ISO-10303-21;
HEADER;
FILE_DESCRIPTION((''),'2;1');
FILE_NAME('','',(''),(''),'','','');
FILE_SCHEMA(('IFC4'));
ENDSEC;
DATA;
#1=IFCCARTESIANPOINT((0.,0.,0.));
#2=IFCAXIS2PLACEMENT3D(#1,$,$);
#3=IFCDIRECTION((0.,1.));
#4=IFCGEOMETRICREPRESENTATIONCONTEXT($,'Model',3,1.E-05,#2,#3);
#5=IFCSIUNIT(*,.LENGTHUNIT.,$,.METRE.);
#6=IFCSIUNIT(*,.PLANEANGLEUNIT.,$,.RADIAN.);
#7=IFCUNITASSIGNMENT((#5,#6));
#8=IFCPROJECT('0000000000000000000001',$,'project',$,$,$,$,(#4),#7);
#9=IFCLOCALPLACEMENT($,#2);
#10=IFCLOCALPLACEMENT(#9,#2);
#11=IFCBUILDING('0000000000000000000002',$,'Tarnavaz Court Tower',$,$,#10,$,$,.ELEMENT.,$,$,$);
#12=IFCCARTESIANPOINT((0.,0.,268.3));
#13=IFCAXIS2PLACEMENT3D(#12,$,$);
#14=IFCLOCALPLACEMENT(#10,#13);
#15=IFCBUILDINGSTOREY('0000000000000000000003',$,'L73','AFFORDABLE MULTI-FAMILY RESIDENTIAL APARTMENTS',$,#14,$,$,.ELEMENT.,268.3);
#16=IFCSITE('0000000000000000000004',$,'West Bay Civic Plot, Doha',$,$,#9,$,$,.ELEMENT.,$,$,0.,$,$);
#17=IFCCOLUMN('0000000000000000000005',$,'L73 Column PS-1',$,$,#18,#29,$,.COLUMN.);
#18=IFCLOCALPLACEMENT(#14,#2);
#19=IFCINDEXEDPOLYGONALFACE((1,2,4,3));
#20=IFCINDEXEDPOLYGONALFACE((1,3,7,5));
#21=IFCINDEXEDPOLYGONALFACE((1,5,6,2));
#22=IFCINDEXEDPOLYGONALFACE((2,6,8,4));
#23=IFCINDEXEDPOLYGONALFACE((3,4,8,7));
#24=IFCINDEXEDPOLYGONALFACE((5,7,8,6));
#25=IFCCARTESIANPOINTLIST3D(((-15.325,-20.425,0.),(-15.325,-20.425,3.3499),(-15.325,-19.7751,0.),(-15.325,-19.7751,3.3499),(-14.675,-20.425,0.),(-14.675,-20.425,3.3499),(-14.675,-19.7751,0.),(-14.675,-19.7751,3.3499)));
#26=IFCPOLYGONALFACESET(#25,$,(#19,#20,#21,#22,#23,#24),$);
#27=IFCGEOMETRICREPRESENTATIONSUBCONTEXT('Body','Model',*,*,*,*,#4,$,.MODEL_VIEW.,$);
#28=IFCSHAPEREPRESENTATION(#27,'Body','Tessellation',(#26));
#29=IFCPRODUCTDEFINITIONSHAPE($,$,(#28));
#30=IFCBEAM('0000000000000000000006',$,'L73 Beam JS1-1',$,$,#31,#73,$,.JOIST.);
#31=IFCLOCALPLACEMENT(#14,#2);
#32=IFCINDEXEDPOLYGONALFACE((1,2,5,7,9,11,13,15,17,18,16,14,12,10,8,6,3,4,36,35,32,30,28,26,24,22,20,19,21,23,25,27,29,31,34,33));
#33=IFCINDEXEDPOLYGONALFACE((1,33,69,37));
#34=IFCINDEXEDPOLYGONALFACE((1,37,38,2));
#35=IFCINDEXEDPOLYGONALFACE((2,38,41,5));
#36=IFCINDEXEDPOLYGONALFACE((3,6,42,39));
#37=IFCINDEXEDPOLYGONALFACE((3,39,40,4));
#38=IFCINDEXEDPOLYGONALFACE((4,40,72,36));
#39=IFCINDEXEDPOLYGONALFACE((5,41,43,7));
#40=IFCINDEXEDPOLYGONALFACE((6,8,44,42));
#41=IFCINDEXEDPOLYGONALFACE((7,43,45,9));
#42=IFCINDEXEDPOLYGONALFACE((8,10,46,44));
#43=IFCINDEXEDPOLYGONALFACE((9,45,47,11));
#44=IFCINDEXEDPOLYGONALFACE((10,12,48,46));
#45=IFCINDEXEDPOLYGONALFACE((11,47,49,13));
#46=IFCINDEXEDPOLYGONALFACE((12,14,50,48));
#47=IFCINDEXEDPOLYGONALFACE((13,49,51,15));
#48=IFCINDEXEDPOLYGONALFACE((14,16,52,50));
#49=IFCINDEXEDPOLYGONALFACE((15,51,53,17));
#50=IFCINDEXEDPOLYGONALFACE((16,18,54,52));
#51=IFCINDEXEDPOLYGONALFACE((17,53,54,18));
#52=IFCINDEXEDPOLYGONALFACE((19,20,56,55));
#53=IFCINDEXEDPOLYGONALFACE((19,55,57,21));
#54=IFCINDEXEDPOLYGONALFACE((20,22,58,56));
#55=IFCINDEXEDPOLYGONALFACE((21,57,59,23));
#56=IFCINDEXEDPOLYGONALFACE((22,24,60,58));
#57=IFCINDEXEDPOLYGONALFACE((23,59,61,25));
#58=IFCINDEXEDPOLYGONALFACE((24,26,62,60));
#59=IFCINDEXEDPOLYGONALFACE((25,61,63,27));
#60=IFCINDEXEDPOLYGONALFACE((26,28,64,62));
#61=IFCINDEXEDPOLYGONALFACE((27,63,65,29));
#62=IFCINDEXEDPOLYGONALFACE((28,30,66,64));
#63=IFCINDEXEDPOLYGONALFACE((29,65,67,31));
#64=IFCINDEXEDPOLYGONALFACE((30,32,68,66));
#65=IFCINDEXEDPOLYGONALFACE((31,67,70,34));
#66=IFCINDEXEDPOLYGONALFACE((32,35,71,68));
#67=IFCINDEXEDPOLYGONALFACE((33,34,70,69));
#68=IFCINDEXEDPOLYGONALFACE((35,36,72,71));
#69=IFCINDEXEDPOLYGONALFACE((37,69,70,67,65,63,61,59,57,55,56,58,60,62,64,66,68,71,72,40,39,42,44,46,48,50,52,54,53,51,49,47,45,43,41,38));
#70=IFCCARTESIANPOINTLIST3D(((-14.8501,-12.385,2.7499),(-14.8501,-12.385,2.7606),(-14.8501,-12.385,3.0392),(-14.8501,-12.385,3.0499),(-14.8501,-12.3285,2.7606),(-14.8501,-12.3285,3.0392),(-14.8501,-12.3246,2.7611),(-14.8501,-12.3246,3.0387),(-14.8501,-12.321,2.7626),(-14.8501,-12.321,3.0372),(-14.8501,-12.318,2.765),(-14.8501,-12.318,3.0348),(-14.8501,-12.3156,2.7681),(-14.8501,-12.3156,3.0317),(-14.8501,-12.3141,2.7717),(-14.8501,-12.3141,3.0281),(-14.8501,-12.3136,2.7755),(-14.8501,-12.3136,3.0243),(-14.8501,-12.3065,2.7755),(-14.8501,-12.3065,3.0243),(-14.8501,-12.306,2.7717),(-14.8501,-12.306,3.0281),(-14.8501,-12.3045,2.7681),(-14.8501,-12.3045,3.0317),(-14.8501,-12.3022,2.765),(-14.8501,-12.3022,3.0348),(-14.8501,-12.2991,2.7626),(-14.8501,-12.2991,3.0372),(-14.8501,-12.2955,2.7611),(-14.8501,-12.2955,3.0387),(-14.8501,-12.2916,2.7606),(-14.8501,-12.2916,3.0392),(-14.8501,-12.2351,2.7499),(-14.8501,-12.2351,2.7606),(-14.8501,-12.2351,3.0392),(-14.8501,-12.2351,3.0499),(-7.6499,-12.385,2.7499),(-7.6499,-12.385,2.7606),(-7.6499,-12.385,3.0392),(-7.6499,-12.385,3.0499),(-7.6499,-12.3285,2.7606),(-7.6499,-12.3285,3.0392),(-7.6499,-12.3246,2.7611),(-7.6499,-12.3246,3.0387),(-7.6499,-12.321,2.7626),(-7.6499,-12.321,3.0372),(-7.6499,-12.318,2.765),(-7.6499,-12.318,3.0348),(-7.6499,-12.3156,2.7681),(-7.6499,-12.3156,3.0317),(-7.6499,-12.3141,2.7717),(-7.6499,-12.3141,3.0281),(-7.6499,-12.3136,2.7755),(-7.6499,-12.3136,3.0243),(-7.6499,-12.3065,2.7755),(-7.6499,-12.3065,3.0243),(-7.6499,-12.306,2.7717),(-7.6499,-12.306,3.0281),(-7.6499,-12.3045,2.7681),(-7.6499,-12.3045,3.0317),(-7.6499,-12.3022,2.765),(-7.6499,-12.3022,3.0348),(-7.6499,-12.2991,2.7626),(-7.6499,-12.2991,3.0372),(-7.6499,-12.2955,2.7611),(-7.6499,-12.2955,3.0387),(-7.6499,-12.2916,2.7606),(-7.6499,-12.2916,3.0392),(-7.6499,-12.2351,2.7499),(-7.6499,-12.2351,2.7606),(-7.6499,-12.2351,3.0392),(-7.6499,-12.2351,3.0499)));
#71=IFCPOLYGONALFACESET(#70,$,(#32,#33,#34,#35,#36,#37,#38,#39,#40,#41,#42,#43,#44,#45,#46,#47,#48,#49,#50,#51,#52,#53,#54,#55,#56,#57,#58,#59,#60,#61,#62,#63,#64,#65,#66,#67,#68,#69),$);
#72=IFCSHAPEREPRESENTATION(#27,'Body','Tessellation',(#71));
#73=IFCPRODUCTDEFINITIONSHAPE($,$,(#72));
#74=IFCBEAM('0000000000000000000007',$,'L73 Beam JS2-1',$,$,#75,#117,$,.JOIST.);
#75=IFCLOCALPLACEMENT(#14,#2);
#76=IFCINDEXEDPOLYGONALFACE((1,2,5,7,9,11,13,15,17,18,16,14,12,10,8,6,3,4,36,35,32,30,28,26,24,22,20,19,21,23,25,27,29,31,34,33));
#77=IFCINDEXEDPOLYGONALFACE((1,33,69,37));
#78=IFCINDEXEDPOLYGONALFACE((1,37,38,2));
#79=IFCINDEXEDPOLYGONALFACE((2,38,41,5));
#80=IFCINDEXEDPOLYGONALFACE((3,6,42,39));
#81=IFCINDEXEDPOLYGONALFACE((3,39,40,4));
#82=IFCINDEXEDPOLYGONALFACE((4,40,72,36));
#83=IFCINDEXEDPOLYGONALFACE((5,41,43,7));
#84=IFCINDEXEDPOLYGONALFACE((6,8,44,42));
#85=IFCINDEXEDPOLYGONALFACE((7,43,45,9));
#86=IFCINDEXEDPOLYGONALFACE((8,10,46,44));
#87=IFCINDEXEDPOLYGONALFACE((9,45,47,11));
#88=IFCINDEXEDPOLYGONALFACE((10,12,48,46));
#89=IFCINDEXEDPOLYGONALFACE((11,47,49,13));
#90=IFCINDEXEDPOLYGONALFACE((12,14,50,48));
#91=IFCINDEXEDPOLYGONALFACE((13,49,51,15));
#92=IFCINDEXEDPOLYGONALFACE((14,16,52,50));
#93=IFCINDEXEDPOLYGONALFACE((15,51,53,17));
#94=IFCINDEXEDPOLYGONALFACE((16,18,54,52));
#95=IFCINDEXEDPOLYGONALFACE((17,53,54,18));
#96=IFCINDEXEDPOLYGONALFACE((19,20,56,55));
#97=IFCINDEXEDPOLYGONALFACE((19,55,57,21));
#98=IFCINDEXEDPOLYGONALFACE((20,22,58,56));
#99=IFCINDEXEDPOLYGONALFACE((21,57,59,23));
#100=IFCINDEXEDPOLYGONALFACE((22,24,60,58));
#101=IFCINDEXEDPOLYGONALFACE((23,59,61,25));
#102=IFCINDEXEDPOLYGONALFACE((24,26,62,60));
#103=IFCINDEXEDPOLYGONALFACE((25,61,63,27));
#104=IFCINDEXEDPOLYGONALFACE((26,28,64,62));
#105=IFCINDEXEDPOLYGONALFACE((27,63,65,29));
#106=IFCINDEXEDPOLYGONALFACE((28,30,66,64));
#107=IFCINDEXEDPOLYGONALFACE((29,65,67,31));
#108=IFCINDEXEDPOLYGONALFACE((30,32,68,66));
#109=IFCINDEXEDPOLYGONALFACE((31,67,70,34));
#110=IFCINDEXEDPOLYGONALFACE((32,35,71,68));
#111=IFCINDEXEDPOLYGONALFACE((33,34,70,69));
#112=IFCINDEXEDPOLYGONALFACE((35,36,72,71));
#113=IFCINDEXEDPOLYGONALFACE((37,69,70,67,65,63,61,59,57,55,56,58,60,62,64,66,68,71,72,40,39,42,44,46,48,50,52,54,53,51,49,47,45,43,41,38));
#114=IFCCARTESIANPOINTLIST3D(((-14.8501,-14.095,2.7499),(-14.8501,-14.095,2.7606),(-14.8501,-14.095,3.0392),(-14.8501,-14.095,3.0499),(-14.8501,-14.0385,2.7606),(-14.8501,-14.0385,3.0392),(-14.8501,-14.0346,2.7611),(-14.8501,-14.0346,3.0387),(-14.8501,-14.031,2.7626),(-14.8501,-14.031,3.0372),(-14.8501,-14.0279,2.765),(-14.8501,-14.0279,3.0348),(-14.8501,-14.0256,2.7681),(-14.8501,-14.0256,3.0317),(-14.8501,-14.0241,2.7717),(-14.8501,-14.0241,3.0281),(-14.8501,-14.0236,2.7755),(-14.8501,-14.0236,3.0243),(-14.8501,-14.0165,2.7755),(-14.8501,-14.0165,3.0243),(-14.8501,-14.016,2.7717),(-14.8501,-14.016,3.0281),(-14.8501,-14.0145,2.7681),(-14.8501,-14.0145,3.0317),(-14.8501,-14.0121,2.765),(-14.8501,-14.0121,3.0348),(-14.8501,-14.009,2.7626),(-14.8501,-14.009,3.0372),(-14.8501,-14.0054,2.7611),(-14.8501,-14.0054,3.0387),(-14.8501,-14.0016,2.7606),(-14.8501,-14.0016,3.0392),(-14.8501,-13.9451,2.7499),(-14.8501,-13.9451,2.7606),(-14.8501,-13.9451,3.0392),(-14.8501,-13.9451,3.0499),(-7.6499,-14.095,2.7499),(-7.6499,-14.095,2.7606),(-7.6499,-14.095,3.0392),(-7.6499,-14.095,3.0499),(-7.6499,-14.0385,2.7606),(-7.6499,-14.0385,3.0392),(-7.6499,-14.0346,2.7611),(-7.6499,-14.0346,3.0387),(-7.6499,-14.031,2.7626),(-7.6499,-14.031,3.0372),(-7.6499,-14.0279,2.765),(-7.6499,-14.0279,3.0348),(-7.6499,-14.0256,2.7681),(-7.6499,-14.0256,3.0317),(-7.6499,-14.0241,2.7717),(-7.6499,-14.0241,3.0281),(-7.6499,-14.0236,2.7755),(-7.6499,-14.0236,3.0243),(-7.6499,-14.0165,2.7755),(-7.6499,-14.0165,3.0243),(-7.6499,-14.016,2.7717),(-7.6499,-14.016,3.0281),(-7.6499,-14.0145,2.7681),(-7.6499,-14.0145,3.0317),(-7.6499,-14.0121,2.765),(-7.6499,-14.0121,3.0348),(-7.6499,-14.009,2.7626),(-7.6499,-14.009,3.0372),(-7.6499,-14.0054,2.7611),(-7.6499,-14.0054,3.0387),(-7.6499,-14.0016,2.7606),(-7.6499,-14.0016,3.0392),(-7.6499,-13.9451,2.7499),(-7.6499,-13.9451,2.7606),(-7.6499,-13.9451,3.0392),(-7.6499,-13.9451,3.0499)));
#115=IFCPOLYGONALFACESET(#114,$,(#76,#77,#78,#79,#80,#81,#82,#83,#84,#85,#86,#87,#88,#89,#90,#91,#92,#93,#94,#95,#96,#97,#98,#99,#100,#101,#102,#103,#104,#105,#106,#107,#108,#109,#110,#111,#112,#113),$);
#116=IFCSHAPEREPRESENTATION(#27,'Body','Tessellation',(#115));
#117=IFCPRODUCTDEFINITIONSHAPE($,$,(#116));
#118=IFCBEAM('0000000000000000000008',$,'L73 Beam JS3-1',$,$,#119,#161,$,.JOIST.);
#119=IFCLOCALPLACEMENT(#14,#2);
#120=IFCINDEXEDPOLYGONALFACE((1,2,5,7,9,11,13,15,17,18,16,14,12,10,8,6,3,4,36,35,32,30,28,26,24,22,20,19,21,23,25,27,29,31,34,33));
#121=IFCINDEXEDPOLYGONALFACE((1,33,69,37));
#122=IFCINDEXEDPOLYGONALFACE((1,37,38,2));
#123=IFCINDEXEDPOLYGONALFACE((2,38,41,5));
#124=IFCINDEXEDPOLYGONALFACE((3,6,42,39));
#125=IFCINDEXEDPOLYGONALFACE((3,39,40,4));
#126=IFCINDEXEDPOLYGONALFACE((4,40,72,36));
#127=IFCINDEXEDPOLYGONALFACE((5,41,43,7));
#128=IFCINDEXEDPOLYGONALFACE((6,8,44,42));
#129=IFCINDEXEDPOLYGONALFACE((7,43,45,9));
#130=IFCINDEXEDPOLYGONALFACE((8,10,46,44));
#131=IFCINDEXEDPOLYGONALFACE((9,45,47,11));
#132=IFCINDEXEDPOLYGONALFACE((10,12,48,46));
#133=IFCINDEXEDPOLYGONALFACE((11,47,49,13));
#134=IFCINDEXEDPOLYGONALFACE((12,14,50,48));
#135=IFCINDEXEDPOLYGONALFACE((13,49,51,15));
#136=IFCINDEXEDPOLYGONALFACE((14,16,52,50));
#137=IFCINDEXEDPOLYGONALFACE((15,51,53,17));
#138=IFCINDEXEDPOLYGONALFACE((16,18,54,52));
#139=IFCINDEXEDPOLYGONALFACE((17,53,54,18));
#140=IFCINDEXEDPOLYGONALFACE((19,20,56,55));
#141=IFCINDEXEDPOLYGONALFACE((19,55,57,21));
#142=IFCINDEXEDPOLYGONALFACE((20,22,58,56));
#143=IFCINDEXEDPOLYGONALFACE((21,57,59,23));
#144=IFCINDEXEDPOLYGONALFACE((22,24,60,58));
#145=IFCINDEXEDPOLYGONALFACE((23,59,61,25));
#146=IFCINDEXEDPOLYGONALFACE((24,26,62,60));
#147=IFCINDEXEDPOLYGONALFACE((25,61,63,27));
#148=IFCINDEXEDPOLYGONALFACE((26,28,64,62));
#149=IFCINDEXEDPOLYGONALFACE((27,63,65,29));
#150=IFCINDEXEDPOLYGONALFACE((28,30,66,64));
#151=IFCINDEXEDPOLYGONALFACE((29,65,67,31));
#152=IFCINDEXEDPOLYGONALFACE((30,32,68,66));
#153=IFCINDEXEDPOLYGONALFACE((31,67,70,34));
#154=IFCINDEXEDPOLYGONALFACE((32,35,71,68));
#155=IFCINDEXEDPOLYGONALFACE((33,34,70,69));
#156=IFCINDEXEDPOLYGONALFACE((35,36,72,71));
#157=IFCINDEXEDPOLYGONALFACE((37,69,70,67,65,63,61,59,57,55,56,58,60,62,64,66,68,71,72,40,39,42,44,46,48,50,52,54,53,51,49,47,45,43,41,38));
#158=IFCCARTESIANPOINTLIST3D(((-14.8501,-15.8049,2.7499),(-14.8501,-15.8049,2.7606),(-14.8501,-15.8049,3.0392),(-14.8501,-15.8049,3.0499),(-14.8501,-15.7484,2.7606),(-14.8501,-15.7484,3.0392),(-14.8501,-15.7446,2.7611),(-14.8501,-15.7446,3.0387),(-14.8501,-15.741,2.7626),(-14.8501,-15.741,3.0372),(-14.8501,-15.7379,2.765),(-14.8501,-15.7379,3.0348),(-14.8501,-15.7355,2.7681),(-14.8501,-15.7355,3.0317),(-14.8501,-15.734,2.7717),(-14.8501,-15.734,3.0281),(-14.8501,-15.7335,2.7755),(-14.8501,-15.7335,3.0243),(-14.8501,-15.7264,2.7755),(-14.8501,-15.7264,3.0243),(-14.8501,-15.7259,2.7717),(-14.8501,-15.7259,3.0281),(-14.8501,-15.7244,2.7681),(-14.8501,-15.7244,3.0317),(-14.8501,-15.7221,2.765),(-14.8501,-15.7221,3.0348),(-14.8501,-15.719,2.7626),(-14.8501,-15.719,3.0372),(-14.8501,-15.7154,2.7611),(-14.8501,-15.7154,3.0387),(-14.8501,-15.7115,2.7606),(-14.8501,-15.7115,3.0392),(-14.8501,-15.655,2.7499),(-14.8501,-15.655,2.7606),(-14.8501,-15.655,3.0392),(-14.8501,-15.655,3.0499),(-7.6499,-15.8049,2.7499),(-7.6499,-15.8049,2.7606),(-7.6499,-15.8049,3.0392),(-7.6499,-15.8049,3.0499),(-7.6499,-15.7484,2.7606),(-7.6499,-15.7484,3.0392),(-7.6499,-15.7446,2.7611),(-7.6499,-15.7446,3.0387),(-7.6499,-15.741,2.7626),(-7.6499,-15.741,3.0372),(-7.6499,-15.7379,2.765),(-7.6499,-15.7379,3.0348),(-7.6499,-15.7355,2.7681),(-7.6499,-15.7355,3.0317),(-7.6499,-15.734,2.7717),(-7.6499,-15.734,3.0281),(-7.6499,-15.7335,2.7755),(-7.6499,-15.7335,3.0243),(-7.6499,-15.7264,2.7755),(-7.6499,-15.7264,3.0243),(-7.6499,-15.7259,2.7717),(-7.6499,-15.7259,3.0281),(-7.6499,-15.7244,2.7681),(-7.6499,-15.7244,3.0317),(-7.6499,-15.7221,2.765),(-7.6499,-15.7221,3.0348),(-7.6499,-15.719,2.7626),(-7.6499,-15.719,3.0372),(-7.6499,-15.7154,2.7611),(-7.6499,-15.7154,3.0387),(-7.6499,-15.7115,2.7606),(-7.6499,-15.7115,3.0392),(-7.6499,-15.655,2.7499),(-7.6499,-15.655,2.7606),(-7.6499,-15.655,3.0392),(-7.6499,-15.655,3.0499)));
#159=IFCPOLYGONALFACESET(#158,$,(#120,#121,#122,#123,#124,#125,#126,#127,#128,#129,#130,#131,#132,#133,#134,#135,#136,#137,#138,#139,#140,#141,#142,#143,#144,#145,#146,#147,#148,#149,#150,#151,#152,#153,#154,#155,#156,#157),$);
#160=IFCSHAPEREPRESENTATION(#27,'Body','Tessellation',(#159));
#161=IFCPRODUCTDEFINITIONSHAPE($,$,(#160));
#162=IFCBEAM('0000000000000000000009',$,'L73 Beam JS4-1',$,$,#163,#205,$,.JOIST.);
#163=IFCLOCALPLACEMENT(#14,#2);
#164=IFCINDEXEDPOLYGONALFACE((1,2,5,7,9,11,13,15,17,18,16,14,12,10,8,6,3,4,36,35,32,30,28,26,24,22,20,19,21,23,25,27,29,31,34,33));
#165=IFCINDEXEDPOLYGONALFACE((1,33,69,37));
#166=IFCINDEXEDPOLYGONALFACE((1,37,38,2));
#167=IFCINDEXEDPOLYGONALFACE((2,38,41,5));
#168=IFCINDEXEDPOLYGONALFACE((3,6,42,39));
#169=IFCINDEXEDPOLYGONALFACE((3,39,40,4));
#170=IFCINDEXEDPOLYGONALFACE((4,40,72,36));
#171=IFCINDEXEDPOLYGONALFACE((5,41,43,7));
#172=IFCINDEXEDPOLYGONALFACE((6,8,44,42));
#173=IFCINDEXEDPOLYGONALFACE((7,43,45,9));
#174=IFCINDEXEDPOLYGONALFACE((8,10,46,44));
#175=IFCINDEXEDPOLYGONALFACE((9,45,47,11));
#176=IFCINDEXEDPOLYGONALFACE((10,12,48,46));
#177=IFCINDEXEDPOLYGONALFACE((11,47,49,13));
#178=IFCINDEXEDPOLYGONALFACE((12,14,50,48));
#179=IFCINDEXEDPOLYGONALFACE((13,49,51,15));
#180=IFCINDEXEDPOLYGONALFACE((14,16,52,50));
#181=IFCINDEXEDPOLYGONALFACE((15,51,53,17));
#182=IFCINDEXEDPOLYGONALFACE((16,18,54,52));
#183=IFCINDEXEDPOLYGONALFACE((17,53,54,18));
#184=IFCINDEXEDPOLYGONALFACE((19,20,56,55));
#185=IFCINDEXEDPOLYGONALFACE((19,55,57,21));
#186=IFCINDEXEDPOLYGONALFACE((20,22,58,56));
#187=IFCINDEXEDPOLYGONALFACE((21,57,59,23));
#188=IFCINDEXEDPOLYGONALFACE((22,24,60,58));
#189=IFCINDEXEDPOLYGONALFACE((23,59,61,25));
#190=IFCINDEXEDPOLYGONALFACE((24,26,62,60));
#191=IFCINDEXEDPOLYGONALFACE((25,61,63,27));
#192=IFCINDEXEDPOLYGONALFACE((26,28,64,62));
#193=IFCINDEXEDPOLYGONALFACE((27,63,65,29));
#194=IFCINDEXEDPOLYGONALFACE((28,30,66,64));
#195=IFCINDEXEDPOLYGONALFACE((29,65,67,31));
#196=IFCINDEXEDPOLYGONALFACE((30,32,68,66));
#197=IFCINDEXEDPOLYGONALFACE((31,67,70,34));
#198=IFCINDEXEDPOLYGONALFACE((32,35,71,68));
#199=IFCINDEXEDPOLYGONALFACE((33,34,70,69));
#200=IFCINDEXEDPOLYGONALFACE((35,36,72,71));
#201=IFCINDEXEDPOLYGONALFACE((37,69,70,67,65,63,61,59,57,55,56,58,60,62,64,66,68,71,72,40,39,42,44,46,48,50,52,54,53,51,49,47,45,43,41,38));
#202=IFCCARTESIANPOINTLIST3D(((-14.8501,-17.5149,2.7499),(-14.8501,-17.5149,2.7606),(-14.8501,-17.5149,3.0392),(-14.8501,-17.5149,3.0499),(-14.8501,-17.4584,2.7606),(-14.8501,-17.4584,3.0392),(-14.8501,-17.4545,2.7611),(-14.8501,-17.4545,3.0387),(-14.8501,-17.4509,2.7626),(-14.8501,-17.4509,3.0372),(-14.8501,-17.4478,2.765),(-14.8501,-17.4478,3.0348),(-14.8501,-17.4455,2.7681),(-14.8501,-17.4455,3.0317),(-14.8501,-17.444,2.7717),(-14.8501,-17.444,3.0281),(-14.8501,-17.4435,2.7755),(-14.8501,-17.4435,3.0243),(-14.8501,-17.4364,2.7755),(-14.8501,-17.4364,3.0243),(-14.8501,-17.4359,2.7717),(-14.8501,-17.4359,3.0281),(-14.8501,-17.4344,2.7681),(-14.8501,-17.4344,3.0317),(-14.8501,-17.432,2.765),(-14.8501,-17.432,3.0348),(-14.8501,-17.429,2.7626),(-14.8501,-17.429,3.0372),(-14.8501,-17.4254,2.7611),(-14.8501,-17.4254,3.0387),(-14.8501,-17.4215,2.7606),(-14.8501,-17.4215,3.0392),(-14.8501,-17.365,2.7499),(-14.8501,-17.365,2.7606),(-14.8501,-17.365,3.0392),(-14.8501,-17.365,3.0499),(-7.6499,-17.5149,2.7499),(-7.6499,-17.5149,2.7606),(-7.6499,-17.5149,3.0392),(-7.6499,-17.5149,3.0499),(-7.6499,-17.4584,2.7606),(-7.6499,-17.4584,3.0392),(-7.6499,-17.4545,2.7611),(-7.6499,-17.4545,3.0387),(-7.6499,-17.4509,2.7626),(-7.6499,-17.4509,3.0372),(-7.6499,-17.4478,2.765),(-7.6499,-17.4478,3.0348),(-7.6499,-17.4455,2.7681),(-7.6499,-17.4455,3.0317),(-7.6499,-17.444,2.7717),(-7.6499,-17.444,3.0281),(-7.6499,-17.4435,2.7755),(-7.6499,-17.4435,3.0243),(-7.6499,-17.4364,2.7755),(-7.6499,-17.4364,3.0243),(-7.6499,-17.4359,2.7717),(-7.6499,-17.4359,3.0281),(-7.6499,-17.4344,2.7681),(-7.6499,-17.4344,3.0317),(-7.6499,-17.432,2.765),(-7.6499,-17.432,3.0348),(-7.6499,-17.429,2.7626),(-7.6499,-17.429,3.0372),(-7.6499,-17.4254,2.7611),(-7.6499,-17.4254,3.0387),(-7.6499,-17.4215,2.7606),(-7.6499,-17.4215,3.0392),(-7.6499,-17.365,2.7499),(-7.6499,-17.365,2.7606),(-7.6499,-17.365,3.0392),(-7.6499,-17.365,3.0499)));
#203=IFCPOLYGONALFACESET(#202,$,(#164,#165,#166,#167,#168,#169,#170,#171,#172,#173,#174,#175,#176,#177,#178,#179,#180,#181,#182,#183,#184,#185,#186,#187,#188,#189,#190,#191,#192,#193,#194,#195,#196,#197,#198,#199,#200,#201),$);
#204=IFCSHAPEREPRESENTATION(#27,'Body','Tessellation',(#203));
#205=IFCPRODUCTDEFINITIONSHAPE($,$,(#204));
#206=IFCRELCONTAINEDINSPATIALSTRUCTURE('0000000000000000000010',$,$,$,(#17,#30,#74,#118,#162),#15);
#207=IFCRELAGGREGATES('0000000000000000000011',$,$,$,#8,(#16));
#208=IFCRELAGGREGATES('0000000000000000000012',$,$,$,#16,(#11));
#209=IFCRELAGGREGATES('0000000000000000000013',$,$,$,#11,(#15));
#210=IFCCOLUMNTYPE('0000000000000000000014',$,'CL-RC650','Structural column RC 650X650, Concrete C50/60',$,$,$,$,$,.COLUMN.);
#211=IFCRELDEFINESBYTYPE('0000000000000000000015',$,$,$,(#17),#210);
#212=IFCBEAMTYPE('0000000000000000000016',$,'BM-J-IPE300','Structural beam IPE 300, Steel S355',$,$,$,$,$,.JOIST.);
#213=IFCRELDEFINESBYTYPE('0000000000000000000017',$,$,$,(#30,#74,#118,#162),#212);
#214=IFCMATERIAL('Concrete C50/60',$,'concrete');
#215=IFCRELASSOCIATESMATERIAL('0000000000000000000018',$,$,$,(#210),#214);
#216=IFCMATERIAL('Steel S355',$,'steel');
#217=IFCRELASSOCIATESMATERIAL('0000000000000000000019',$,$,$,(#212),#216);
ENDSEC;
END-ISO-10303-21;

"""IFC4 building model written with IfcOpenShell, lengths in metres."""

from ifc_helpers import new_model, si_unit, direction, frame, origin, origin_2d, place, context, subcontext, project, spatial, rectangle, i_section, extrude, material, material_profile, profile_set, type_object, element, save


model = new_model("IFC4")

# Units and contexts
model_context = context("Model", 3, precision=1e-05, world=origin(), true_north=direction((0.0, 1.0)))
body_context = subcontext(model_context, "Body", "Model", "MODEL_VIEW")
ifc_project = project(units=[si_unit("LENGTHUNIT", "METRE"), si_unit("PLANEANGLEUNIT", "RADIAN")], contexts=[model_context])

# Site, building, storey
site_placement = place(None, origin())
site = spatial("IfcSite", under=ifc_project, at=site_placement, Name="West Bay Civic Plot, Doha", CompositionType="ELEMENT", RefElevation=0.0)
building_placement = place(site_placement, origin())
building = spatial("IfcBuilding", under=site, at=building_placement, Name="Tarnavaz Court Tower", CompositionType="ELEMENT")
storey_placement = place(building_placement, frame((0.0, 0.0, 268.3)))
storey = spatial("IfcBuildingStorey", under=building, at=storey_placement, Name="L73", Description="AFFORDABLE MULTI-FAMILY RESIDENTIAL APARTMENTS", CompositionType="ELEMENT", Elevation=268.3)

# Column
ifc_material_1 = material(Name="Concrete C50/60", Category="concrete")
ifc_material_profile_1 = material_profile(ifc_material_1, rectangle(XDim=0.6499, YDim=0.6499, at=origin_2d()), Name="RC 650X650")
ifc_profile_set_1 = profile_set([ifc_material_profile_1], Name="Concrete C50/60")
column_type = type_object("IfcColumnType", Name="CL-RC650", Description="Structural column RC 650X650, Concrete C50/60", PredefinedType="COLUMN", material=ifc_profile_set_1)
column_placement = place(storey_placement, frame((-15.0, -20.1001, 0.0), z_axis=(0.0, 0.0, 1.0), x_axis=(1.0, 0.0, 0.0)))
element("IfcColumn", 1, at=column_placement, inside=storey, type_object=column_type, Name="L73 Column PS-1", PredefinedType="COLUMN", context=body_context, shape_type="SweptSolid", body=[
    extrude(rectangle(XDim=0.6499, YDim=0.6499, at=origin_2d()), origin(), (0.0, 0.0, 1.0), 3.3499),
])

# Beams
ifc_material_2 = material(Name="Steel S355", Category="steel")
ifc_material_profile_2 = material_profile(ifc_material_2, i_section(OverallWidth=0.1499, OverallDepth=0.3, WebThickness=0.0071, FlangeThickness=0.0107, FilletRadius=0.0149, at=origin_2d()), Name="IPE 300")
ifc_profile_set_2 = profile_set([ifc_material_profile_2], Name="Steel S355")
beam_type_1 = type_object("IfcBeamType", Name="BM-J-IPE300", Description="Structural beam IPE 300, Steel S355", PredefinedType="JOIST", material=ifc_profile_set_2)
for number, where, z_axis, x_axis, name in (
    (2, (-14.8501, -12.3101, 2.8999), (1.0, 0.0, 0.0), (0.0, 1.0, 0.0), "L73 Beam JS1-1"),
    (3, (-14.8501, -14.02, 2.8999), (1.0, 0.0, 0.0), (0.0, 1.0, 0.0), "L73 Beam JS2-1"),
    (4, (-14.8501, -15.73, 2.8999), (1.0, 0.0, 0.0), (0.0, 1.0, 0.0), "L73 Beam JS3-1"),
    (5, (-14.8501, -17.4399, 2.8999), (1.0, 0.0, 0.0), (0.0, 1.0, 0.0), "L73 Beam JS4-1"),
):
    element("IfcBeam", number, at=place(storey_placement, frame(where, z_axis=z_axis, x_axis=x_axis)), inside=storey, type_object=beam_type_1, Name=name, PredefinedType="JOIST", context=body_context, shape_type="SweptSolid", body=[
        extrude(i_section(OverallWidth=0.1499, OverallDepth=0.3, WebThickness=0.0071, FlangeThickness=0.0107, FilletRadius=0.0149, at=origin_2d()), origin(), (0.0, 0.0, 1.0), 7.2002),
    ])

save(model, "model.ifc")
